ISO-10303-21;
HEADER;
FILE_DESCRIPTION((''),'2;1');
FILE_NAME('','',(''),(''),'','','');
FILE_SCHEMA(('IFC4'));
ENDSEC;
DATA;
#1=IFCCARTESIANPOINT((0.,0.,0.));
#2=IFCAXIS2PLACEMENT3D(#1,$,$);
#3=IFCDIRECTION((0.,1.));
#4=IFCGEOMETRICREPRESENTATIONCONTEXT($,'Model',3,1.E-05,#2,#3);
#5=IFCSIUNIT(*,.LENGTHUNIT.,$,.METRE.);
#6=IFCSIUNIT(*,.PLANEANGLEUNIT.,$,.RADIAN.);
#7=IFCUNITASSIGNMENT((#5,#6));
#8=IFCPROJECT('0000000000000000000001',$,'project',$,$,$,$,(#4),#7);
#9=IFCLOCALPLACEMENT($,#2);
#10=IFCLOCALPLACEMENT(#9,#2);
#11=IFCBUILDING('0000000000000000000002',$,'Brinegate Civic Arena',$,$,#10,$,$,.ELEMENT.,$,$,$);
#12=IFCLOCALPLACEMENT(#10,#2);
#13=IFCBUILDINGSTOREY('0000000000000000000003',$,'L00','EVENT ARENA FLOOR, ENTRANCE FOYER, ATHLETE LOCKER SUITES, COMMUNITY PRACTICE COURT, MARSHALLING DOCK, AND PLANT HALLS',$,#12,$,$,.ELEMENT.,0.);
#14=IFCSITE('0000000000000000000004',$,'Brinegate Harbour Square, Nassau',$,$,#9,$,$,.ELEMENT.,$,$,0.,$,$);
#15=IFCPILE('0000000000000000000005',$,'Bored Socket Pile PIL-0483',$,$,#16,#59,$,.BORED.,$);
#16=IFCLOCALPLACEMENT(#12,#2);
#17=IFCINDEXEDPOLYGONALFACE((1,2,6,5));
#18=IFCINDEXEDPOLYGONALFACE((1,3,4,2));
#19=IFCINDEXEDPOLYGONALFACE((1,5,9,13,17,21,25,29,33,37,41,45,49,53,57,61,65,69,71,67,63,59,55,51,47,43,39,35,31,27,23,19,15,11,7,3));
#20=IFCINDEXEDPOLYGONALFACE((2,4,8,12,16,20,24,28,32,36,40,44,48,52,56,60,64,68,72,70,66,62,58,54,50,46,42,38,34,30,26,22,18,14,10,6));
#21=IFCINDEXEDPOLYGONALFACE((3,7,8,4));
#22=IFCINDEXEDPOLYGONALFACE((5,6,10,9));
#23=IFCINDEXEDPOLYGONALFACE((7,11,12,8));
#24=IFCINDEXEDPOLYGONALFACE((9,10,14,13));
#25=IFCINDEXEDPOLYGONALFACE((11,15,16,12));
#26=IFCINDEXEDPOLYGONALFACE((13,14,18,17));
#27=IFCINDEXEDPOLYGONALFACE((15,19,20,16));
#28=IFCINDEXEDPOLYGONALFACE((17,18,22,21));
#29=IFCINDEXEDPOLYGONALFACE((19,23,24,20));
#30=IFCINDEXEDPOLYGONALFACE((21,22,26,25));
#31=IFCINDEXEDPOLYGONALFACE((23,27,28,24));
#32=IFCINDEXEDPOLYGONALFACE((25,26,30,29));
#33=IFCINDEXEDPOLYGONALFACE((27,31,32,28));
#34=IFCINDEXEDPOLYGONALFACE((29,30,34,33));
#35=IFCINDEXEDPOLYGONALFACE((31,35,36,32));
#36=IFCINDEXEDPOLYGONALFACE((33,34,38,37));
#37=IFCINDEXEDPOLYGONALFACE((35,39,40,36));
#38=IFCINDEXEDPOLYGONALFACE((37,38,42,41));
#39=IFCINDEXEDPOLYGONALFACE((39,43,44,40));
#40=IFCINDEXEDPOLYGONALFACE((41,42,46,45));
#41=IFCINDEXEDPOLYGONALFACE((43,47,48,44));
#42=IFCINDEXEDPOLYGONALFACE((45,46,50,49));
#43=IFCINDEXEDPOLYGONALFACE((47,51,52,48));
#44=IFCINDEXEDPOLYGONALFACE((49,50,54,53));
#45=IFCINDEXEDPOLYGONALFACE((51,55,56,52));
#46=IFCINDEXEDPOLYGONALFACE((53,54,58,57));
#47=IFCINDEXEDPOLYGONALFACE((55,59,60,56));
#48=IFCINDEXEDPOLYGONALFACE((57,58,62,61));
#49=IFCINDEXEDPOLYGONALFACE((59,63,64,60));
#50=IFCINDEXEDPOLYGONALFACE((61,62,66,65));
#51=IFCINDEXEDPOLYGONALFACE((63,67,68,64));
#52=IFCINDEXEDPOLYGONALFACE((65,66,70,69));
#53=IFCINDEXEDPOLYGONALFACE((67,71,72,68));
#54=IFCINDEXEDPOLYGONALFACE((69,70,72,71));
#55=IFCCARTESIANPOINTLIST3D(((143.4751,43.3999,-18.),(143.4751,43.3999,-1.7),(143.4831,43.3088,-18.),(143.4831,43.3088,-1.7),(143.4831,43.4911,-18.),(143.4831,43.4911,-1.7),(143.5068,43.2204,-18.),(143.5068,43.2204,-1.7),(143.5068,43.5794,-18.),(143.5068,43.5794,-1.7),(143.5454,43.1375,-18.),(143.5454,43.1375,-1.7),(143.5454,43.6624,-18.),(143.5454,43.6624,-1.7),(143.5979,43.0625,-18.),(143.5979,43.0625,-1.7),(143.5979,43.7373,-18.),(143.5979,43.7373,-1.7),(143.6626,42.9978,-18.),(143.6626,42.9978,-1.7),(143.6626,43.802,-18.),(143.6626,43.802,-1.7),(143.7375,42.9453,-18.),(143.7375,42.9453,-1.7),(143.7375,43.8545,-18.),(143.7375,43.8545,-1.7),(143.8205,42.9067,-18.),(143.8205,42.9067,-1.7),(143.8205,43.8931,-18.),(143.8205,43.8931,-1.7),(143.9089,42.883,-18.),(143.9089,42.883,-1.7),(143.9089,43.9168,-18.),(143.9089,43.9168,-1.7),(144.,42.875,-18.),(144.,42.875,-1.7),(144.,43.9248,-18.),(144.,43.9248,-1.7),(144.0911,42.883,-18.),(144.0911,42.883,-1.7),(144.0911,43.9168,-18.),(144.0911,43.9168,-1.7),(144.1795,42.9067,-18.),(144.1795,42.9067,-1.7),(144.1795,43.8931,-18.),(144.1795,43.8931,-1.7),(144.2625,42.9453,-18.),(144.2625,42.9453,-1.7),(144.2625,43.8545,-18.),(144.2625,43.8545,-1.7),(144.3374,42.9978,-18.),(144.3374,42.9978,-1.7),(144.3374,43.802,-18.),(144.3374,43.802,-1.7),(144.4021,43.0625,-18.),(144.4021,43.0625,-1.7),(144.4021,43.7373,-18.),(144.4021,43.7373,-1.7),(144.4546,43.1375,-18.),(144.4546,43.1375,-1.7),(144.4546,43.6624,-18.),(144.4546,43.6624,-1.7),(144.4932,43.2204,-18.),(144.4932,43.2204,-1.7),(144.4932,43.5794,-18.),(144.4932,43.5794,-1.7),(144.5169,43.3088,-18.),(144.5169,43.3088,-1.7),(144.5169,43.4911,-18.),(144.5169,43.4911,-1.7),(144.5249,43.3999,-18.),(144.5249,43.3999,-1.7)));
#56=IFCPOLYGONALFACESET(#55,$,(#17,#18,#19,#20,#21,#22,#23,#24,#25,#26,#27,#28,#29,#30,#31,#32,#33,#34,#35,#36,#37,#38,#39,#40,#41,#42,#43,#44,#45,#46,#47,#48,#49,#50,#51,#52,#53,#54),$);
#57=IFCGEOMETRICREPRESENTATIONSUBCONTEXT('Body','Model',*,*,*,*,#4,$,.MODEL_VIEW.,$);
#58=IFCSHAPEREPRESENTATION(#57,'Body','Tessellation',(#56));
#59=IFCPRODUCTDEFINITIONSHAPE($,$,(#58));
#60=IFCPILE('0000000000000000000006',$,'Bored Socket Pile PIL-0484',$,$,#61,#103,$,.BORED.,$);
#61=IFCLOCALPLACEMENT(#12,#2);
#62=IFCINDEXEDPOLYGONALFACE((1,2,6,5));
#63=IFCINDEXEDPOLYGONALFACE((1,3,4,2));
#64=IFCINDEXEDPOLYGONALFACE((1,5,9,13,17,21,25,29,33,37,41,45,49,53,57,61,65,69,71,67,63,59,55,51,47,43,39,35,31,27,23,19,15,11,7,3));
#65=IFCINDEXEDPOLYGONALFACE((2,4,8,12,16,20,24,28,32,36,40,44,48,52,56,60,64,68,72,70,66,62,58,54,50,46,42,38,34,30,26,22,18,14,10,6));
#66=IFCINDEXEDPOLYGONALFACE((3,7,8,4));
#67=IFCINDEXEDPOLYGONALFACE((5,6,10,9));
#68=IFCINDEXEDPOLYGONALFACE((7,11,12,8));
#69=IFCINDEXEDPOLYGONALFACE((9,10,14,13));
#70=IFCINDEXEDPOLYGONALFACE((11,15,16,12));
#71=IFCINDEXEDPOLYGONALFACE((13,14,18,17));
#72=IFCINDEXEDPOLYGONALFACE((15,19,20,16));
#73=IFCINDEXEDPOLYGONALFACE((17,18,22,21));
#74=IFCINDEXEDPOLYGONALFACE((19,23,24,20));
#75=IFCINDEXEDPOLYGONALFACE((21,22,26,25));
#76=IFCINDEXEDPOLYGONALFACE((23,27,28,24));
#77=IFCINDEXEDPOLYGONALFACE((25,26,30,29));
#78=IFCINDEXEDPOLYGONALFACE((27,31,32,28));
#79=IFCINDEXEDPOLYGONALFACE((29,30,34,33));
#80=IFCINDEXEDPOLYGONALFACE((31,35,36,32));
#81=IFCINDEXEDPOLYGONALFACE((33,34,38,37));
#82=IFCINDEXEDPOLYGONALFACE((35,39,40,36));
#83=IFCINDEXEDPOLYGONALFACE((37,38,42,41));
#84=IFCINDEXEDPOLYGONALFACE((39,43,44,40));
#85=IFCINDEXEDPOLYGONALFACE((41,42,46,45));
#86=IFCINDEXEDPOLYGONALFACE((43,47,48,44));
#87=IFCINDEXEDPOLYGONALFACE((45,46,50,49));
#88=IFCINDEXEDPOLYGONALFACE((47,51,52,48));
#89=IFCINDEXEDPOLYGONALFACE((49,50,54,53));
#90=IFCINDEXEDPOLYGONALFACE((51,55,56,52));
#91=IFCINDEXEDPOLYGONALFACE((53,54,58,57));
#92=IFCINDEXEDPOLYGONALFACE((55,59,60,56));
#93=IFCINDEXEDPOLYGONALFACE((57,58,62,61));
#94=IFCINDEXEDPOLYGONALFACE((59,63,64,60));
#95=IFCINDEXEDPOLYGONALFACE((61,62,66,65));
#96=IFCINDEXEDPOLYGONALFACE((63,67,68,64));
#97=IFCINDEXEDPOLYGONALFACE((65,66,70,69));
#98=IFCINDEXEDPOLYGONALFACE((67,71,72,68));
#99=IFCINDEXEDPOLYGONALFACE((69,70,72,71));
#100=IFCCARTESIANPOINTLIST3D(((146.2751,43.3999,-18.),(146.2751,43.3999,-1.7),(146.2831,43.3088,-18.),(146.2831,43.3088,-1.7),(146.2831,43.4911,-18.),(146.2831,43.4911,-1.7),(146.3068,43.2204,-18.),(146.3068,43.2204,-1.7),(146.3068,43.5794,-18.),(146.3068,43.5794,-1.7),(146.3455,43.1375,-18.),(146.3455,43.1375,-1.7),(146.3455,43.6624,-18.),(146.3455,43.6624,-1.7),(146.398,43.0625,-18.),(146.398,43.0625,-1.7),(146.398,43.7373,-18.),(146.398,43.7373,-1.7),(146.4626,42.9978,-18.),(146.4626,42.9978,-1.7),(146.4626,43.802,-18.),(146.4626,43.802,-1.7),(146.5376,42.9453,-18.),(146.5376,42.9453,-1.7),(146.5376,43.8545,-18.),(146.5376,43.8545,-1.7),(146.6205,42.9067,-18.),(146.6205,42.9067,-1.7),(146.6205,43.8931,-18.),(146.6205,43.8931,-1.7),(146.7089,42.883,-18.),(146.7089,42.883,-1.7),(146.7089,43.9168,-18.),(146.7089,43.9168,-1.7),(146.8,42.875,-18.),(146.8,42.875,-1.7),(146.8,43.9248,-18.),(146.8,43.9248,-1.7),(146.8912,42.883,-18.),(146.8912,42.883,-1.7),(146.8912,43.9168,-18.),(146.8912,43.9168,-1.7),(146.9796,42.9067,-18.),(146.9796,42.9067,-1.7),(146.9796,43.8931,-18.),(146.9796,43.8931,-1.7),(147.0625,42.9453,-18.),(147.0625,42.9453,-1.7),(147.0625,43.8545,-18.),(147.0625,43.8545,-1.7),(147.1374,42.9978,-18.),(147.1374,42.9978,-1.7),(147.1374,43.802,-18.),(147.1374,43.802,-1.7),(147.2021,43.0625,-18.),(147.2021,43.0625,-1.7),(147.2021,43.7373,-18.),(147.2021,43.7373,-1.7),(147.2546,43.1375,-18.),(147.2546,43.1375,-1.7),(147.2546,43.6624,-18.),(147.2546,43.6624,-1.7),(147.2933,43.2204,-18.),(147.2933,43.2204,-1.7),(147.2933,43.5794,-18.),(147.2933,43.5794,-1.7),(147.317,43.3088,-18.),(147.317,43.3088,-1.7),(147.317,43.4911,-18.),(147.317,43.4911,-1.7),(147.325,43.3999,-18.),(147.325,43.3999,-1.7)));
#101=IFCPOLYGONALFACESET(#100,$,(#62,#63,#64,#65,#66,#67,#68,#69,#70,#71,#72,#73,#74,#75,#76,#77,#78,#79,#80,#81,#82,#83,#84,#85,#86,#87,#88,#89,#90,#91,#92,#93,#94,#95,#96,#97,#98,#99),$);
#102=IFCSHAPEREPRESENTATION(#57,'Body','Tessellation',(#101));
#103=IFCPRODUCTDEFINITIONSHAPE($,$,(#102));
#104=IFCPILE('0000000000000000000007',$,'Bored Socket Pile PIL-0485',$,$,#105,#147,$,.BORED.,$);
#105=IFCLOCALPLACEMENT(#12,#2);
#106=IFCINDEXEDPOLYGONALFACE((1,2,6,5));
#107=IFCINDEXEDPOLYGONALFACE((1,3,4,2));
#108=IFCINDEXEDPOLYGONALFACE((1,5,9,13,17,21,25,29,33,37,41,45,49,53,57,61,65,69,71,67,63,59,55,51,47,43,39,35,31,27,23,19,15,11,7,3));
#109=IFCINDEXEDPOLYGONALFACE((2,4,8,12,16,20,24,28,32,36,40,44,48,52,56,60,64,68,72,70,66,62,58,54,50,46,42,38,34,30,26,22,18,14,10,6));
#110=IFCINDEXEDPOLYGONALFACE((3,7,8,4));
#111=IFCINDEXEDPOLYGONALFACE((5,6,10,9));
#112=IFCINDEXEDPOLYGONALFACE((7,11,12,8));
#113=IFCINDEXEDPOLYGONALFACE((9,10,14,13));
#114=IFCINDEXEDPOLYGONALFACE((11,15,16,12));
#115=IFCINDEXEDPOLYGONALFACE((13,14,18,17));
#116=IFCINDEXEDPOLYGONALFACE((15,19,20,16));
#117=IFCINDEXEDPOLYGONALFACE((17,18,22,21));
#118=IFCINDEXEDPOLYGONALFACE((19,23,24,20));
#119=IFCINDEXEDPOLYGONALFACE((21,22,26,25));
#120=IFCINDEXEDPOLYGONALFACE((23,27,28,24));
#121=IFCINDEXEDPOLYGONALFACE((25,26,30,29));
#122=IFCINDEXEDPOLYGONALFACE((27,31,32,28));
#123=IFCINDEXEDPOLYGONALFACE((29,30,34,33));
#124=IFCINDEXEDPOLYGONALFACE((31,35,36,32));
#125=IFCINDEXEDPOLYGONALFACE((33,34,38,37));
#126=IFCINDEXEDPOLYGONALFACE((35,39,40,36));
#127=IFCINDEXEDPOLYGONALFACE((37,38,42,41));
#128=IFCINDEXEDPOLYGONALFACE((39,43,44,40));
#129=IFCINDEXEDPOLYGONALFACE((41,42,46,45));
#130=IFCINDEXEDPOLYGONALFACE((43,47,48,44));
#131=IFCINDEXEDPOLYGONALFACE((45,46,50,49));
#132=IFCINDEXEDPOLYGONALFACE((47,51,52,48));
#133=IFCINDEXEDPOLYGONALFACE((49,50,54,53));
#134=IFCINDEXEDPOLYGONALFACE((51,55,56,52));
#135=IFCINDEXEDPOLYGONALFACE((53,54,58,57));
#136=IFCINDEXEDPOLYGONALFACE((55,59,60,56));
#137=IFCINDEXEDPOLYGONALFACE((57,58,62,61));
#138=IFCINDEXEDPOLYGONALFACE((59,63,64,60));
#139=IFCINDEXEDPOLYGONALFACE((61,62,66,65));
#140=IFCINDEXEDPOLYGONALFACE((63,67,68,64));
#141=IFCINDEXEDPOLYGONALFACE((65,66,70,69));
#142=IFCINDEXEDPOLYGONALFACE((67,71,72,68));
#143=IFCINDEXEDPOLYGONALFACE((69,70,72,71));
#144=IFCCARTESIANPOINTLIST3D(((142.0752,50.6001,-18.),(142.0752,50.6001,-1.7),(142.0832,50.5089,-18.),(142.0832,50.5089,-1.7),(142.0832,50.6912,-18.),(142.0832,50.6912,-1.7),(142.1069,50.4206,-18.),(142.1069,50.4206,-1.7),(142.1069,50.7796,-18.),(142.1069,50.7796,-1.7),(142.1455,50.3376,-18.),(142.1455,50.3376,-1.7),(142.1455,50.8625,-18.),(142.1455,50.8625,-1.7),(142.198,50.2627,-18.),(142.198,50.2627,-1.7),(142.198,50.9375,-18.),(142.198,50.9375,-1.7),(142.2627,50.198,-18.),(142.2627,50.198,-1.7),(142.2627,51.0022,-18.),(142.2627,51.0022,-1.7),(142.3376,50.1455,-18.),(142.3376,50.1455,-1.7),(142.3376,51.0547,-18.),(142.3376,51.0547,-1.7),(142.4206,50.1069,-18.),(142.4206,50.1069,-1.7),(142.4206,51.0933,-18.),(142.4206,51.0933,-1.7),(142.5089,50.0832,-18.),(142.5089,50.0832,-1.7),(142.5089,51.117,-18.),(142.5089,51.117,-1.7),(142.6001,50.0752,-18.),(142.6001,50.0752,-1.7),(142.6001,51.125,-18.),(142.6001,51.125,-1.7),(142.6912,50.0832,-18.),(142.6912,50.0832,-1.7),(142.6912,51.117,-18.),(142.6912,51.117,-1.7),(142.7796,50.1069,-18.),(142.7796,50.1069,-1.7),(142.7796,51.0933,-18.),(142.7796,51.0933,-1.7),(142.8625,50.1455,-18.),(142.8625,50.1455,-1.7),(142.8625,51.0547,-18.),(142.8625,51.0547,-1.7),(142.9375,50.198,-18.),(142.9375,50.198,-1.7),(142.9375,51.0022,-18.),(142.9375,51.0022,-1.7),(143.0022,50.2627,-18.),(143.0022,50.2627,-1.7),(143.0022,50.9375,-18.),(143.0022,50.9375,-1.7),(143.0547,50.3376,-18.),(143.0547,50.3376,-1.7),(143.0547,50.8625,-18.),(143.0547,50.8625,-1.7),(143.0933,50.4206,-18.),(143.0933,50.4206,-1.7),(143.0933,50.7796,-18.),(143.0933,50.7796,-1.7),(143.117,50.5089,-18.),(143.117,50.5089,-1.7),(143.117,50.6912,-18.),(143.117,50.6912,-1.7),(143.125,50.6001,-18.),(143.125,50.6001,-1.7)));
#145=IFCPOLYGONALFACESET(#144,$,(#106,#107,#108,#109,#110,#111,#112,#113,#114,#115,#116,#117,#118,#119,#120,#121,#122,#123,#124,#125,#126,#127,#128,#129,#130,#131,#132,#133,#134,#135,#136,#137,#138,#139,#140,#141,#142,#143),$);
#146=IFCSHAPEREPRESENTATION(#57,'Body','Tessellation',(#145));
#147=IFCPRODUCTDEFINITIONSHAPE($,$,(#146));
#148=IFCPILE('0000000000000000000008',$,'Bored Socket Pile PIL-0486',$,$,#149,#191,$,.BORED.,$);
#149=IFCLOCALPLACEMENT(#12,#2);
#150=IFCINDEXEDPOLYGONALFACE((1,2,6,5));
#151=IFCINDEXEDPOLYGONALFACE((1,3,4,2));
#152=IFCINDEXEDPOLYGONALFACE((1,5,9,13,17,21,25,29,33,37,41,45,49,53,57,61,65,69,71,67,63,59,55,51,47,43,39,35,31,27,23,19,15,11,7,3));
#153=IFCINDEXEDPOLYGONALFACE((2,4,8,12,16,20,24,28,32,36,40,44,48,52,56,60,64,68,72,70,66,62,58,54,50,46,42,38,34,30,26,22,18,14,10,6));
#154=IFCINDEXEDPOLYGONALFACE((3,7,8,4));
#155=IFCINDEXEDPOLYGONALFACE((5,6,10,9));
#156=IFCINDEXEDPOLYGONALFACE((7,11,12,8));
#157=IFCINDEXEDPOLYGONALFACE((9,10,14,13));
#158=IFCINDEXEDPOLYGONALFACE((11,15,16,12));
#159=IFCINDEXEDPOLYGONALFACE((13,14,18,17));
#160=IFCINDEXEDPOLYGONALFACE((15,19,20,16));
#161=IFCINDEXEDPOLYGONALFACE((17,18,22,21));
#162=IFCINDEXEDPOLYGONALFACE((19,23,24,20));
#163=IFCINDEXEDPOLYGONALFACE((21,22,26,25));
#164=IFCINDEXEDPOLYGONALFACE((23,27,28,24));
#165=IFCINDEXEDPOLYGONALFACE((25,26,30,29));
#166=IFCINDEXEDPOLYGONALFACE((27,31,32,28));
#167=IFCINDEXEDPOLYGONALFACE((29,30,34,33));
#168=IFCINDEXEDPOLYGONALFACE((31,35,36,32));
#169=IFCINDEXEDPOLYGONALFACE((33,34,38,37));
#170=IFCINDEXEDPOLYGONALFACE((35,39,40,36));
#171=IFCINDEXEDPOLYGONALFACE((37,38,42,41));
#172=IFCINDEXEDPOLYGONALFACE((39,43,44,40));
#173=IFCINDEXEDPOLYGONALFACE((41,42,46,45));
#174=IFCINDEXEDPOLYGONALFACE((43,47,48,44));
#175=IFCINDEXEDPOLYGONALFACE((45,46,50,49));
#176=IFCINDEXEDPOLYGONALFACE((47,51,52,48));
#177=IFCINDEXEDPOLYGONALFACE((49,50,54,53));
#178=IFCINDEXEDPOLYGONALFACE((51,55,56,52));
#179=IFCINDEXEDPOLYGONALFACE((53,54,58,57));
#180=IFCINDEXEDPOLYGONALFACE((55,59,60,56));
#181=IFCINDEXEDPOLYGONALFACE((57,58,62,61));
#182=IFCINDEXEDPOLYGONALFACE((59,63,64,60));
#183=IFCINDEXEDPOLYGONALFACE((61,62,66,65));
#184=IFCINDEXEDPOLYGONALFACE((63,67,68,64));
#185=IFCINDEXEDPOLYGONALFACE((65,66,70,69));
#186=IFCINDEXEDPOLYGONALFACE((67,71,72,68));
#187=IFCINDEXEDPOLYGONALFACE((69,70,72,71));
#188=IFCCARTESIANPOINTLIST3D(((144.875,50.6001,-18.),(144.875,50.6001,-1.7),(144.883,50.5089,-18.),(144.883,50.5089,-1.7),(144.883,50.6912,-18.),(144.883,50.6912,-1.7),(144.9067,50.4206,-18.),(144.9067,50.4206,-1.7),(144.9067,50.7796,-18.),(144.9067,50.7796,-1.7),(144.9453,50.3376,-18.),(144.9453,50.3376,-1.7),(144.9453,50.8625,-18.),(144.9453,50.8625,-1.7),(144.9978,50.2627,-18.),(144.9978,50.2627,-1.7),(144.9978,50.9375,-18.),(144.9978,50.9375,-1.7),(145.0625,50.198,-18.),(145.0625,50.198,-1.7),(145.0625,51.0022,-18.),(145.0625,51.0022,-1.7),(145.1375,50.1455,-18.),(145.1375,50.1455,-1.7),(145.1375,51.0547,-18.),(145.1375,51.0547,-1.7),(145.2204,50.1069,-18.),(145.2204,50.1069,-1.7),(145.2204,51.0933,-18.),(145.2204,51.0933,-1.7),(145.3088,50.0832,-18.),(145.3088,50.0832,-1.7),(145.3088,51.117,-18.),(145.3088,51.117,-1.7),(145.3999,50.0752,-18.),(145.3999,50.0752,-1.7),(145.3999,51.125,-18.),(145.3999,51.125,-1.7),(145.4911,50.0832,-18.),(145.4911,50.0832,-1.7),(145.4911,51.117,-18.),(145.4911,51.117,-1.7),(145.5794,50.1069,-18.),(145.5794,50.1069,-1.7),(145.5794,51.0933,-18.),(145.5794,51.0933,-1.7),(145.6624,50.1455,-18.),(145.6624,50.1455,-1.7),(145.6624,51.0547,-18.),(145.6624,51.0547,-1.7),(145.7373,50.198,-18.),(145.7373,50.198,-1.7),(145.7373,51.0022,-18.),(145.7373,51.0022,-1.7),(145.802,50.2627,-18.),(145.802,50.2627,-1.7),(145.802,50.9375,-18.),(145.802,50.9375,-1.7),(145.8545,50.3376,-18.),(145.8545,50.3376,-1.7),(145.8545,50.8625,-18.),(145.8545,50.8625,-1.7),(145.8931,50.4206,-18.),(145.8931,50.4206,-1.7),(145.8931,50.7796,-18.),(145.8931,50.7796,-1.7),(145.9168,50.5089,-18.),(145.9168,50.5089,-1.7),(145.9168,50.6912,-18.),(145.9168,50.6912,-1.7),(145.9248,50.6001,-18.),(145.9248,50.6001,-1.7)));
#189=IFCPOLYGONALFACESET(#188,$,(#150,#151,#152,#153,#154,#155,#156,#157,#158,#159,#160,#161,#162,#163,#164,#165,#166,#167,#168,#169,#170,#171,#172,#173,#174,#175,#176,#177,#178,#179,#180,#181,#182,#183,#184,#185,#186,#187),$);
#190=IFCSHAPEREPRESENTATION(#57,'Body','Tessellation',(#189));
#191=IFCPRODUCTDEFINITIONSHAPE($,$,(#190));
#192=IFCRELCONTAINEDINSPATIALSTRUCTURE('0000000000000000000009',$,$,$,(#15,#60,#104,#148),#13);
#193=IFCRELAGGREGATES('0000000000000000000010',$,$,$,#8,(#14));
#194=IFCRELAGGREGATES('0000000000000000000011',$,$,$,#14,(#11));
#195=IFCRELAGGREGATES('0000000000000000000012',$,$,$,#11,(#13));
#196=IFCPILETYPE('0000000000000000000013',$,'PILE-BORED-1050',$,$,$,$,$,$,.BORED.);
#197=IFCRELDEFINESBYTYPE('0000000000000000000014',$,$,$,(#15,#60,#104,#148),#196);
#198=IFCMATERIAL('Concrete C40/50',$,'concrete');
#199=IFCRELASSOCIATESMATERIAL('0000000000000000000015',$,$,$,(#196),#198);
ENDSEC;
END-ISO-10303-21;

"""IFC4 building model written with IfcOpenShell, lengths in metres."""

from ifc_helpers import new_model, si_unit, direction, frame, origin, origin_2d, place, context, subcontext, project, spatial, circle, extrude, material, material_profile, profile_set, type_object, element, save


model = new_model("IFC4")

# Units and contexts
model_context = context("Model", 3, precision=1e-05, world=origin(), true_north=direction((0.0, 1.0)))
body_context = subcontext(model_context, "Body", "Model", "MODEL_VIEW")
ifc_project = project(units=[si_unit("LENGTHUNIT", "METRE"), si_unit("PLANEANGLEUNIT", "RADIAN")], contexts=[model_context])

# Site, building, storey
site_placement = place(None, origin())
site = spatial("IfcSite", under=ifc_project, at=site_placement, Name="Brinegate Harbour Square, Nassau", CompositionType="ELEMENT", RefElevation=0.0)
building_placement = place(site_placement, origin())
building = spatial("IfcBuilding", under=site, at=building_placement, Name="Brinegate Civic Arena", CompositionType="ELEMENT")
storey_placement = place(building_placement, origin())
storey = spatial("IfcBuildingStorey", under=building, at=storey_placement, Name="L00", Description="EVENT ARENA FLOOR, ENTRANCE FOYER, ATHLETE LOCKER SUITES, COMMUNITY PRACTICE COURT, MARSHALLING DOCK, AND PLANT HALLS", CompositionType="ELEMENT", Elevation=0.0)

# Shared definitions
ifc_material_1 = material(Name="Concrete C40/50", Category="concrete")

# Piles
ifc_material_profile_1 = material_profile(ifc_material_1, circle(Radius=0.5249, at=origin_2d()), Name="PILED1050")
ifc_profile_set_1 = profile_set([ifc_material_profile_1], Name="Concrete C40/50")
pile_type = type_object("IfcPileType", Name="PILE-BORED-1050", PredefinedType="BORED", material=ifc_profile_set_1)
for number, where, z_axis, x_axis, name in (
    (1, (144.0, 43.3999, -1.7), (0.0, 0.0, -1.0), (1.0, 0.0, 0.0), "Bored Socket Pile PIL-0483"),
    (2, (146.8, 43.3999, -1.7), (0.0, 0.0, -1.0), (1.0, 0.0, 0.0), "Bored Socket Pile PIL-0484"),
    (3, (142.6001, 50.6001, -1.7), (0.0, 0.0, -1.0), (1.0, 0.0, 0.0), "Bored Socket Pile PIL-0485"),
    (4, (145.3999, 50.6001, -1.7), (0.0, 0.0, -1.0), (1.0, 0.0, 0.0), "Bored Socket Pile PIL-0486"),
):
    element("IfcPile", number, at=place(storey_placement, frame(where, z_axis=z_axis, x_axis=x_axis)), inside=storey, type_object=pile_type, Name=name, PredefinedType="BORED", context=body_context, shape_type="SweptSolid", body=[
        extrude(circle(Radius=0.5249, at=origin_2d()), origin(), (0.0, 0.0, 1.0), 16.3),
    ])

save(model, "model.ifc")
